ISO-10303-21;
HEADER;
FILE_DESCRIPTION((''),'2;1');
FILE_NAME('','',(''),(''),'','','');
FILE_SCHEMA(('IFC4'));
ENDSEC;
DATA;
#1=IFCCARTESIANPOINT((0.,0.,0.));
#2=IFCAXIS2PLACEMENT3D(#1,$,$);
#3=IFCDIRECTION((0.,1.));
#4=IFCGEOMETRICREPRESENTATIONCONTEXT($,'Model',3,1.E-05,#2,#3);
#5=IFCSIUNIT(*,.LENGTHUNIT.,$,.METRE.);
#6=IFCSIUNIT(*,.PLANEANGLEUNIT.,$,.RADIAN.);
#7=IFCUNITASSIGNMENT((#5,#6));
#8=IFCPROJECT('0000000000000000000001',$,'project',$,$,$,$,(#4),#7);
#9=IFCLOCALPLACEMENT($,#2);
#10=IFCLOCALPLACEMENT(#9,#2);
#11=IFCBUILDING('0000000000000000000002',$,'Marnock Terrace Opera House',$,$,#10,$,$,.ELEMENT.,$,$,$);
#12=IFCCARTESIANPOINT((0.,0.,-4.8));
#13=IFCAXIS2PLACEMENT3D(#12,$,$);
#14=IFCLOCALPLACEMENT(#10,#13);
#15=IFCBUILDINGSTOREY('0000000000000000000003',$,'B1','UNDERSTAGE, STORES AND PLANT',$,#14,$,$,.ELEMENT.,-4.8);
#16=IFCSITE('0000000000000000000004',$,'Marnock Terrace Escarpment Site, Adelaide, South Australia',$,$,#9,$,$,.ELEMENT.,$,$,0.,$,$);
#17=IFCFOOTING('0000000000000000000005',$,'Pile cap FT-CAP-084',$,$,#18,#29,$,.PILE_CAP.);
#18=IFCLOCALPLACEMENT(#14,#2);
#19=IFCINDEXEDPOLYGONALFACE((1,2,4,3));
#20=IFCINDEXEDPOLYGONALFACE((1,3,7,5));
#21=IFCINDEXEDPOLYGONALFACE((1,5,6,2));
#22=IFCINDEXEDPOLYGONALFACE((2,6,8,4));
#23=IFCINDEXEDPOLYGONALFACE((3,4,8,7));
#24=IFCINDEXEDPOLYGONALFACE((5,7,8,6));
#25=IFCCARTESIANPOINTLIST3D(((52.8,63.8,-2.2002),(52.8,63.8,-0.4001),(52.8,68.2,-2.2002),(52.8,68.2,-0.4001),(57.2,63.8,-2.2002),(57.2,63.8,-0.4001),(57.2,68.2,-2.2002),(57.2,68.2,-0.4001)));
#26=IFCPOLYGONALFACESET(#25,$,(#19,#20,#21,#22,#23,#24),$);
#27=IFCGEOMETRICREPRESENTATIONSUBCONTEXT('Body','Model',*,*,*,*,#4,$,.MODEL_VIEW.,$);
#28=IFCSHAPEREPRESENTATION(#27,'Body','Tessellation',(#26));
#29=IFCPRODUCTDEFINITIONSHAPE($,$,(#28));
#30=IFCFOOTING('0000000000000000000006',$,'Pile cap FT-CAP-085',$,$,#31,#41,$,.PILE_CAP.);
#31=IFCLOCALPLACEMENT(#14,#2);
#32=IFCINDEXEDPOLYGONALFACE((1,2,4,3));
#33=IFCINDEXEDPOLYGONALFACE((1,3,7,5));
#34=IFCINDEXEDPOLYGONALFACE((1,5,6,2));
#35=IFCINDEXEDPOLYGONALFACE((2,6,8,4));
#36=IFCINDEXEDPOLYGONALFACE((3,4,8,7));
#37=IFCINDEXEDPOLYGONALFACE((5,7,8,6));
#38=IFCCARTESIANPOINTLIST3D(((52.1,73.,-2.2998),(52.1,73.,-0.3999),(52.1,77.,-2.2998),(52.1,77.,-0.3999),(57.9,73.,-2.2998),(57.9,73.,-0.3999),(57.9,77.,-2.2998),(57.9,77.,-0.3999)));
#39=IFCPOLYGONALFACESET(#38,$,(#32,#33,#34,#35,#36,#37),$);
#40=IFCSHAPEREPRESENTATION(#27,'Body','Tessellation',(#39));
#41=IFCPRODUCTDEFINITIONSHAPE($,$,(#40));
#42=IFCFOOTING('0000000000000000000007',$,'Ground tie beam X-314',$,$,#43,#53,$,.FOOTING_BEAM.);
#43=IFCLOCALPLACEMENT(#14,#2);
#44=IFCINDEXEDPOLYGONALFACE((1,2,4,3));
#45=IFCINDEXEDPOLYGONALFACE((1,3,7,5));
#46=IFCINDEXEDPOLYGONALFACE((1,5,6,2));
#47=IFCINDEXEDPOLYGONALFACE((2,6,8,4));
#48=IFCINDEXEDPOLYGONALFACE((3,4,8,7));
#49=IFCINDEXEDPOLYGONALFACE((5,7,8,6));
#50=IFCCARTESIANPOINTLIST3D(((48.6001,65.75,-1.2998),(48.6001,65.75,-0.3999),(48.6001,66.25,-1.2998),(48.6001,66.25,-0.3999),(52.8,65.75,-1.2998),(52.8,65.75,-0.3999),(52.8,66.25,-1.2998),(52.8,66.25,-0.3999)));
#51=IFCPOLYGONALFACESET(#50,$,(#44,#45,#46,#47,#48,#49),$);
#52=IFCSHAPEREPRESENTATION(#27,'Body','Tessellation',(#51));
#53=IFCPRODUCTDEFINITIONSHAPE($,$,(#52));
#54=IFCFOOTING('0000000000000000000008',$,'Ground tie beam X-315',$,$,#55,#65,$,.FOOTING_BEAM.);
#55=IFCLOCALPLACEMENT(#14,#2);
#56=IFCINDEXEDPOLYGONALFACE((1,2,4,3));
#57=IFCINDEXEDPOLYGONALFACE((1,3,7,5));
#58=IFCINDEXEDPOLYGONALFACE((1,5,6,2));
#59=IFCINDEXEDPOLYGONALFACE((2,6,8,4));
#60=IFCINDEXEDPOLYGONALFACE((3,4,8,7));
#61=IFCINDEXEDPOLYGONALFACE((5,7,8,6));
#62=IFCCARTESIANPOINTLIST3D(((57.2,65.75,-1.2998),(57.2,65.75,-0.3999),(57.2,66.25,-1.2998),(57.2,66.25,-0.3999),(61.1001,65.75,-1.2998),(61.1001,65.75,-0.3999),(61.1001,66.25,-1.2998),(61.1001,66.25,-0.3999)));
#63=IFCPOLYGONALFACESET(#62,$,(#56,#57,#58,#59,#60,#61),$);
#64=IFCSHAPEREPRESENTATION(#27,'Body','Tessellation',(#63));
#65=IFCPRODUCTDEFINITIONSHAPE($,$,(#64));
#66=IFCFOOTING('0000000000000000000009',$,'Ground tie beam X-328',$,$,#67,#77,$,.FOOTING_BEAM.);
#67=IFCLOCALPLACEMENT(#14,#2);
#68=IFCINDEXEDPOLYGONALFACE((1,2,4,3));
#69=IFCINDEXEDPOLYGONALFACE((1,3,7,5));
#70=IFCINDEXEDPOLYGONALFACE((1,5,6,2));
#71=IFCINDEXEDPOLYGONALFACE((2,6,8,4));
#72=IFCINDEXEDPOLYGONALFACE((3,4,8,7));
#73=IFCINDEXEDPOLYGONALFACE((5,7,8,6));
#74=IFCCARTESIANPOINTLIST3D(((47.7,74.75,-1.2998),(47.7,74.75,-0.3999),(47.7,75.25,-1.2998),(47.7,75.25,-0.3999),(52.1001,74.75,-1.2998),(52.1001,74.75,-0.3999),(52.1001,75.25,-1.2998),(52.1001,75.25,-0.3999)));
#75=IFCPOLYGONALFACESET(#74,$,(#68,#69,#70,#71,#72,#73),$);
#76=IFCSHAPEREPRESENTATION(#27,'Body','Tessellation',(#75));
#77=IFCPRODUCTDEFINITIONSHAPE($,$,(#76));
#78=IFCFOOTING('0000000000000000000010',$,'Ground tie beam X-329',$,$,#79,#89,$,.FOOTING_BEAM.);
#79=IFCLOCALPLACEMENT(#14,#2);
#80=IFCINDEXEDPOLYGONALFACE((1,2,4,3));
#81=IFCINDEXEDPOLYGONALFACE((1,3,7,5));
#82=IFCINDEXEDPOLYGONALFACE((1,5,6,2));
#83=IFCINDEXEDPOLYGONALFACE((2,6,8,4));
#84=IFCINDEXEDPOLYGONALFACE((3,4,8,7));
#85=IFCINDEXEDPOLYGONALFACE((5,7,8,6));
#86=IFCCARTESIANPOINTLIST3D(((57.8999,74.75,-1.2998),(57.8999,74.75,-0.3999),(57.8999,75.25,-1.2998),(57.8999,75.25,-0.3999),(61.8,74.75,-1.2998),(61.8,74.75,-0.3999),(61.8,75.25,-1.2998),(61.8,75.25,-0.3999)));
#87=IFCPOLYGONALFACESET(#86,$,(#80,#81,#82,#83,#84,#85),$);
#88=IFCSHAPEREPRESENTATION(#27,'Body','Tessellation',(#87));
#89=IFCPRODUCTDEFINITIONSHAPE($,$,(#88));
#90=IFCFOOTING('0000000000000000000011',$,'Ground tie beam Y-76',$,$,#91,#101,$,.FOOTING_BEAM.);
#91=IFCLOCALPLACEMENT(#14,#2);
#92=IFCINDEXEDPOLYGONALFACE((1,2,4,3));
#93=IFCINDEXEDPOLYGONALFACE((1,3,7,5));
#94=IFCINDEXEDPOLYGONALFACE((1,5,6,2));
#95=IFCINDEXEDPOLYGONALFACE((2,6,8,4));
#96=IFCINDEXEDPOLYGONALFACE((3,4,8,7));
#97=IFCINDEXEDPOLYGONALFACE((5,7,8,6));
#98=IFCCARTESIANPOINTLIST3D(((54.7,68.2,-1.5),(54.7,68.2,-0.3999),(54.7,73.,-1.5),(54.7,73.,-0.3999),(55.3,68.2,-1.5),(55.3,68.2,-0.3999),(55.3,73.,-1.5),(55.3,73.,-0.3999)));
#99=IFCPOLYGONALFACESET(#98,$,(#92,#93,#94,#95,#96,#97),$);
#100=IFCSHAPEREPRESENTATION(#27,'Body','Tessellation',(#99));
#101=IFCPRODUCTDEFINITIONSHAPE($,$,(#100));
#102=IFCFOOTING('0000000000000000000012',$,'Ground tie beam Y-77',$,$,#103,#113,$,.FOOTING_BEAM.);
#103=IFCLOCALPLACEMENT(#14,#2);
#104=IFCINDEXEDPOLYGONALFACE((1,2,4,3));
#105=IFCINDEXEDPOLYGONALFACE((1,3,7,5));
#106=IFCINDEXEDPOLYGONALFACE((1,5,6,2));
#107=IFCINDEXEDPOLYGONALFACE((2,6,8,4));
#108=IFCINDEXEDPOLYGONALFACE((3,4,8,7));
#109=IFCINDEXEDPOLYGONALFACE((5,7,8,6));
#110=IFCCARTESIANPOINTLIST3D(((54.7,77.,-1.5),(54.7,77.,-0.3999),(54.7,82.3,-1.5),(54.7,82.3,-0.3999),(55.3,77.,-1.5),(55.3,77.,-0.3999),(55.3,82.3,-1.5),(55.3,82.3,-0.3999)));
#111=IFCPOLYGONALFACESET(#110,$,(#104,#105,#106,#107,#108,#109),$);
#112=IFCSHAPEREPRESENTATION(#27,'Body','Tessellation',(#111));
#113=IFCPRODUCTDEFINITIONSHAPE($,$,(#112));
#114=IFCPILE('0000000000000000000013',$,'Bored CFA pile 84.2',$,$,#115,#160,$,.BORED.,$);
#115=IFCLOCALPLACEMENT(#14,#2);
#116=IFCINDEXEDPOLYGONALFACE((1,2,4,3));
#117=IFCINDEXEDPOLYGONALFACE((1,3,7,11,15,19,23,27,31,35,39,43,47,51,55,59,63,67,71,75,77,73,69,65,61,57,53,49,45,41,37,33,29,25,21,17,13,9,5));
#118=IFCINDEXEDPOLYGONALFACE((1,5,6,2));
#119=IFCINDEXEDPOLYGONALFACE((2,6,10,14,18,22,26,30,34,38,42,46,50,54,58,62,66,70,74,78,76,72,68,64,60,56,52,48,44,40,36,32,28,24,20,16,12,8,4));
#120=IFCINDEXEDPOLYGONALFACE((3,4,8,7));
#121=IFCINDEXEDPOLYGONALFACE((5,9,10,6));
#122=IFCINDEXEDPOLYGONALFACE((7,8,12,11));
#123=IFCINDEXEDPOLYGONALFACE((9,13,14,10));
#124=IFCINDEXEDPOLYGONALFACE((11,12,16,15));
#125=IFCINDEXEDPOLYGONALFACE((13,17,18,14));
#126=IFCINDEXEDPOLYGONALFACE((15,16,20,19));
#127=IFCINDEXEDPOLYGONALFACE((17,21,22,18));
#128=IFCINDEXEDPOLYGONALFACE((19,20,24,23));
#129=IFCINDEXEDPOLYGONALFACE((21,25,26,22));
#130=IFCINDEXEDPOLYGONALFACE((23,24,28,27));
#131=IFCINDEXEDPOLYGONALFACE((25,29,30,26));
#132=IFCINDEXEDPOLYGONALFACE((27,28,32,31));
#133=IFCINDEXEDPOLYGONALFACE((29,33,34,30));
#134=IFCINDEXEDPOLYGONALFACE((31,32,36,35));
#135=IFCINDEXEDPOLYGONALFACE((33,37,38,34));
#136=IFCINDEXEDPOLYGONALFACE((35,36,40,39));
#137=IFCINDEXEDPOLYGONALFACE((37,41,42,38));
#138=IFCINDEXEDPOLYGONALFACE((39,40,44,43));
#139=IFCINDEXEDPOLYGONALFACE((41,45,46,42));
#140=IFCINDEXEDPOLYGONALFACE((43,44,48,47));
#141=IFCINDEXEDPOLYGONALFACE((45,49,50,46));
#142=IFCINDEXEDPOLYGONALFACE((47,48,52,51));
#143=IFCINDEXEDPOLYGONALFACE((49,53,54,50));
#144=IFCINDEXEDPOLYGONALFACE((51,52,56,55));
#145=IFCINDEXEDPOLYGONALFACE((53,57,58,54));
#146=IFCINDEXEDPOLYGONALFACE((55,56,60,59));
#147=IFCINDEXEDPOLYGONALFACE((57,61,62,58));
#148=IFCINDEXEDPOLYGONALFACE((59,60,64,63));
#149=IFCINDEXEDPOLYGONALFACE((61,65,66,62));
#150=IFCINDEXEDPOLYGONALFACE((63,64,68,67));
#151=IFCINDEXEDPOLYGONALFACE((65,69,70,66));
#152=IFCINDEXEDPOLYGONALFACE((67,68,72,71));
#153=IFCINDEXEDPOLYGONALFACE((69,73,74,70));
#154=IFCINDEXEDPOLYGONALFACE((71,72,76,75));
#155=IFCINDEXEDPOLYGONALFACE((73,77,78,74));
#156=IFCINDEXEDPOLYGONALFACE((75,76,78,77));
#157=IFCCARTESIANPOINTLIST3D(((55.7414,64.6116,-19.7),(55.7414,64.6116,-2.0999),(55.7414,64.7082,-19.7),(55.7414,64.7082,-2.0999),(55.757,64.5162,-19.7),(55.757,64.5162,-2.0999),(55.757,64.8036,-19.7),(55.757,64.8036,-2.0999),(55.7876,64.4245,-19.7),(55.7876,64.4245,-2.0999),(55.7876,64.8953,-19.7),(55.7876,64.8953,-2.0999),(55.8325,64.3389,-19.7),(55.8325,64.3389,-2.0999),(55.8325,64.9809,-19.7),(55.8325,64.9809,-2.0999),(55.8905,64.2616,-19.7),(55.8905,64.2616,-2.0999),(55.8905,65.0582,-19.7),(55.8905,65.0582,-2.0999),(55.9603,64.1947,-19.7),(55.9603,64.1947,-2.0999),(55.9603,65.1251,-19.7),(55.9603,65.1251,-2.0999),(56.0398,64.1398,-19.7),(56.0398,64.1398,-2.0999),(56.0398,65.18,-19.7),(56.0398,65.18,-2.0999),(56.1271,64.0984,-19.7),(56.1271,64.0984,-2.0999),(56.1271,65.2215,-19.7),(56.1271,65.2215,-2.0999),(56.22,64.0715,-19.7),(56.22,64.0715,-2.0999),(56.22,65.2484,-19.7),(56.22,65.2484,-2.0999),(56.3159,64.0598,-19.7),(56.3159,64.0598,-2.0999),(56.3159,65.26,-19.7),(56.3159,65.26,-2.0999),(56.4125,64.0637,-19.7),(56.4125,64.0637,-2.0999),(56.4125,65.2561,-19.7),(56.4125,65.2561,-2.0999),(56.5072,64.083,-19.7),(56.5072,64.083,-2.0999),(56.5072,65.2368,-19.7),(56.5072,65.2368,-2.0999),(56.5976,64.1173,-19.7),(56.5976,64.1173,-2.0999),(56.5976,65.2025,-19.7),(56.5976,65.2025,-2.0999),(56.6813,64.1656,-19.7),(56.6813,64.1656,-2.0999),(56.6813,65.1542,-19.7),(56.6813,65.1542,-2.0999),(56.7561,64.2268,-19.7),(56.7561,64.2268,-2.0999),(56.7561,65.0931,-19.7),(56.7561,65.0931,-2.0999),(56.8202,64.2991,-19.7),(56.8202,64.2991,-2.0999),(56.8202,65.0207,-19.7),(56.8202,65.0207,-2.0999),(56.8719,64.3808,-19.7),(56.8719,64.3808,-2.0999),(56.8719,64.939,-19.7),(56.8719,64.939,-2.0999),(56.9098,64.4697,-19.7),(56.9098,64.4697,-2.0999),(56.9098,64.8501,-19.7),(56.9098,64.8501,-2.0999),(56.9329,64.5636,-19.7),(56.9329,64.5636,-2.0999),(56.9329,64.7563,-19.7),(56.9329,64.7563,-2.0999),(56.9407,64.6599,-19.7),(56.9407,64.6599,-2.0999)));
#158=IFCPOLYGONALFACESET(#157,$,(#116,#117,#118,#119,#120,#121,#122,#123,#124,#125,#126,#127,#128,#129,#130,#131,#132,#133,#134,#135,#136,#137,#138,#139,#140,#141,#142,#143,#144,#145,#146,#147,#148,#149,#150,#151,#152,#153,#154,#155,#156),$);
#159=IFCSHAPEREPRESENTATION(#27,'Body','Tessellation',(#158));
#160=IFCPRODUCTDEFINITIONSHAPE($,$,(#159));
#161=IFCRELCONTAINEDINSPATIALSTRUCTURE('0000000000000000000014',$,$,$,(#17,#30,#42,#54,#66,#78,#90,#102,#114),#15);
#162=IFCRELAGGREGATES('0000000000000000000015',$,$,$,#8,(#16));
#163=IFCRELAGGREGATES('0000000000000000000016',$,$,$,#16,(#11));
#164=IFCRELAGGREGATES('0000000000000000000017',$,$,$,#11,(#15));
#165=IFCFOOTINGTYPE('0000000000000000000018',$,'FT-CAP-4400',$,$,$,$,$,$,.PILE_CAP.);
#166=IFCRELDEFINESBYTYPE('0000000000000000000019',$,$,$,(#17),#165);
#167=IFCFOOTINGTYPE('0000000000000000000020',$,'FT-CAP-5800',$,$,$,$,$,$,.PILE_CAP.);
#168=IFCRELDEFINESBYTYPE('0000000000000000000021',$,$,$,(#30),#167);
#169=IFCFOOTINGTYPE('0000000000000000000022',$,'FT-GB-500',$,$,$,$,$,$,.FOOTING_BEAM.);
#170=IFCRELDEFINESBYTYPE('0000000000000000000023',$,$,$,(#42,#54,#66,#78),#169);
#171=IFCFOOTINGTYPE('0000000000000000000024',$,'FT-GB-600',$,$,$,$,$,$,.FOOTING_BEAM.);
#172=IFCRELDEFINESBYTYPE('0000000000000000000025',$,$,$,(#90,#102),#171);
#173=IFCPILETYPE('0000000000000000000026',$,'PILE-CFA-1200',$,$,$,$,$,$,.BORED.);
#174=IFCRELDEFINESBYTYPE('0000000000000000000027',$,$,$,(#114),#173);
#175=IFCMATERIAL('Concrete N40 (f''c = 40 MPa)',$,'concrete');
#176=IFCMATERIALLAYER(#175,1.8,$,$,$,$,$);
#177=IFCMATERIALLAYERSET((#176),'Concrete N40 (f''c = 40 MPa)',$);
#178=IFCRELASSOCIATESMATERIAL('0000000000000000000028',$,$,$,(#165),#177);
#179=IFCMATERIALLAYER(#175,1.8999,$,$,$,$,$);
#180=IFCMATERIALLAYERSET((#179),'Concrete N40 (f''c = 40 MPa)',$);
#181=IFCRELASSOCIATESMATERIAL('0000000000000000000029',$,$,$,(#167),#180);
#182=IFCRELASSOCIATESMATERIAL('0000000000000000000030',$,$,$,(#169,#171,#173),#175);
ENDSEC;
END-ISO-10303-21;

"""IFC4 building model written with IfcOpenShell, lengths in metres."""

from ifc_helpers import new_model, si_unit, direction, frame, origin, origin_2d, place, context, subcontext, project, spatial, rectangle, circle, extrude, material, layer, layer_set, material_profile, profile_set, type_object, element, save


model = new_model("IFC4")

# Units and contexts
model_context = context("Model", 3, precision=1e-05, world=origin(), true_north=direction((0.0, 1.0)))
body_context = subcontext(model_context, "Body", "Model", "MODEL_VIEW")
ifc_project = project(units=[si_unit("LENGTHUNIT", "METRE"), si_unit("PLANEANGLEUNIT", "RADIAN")], contexts=[model_context])

# Site, building, storey
site_placement = place(None, origin())
site = spatial("IfcSite", under=ifc_project, at=site_placement, Name="Marnock Terrace Escarpment Site, Adelaide, South Australia", CompositionType="ELEMENT", RefElevation=0.0)
building_placement = place(site_placement, origin())
building = spatial("IfcBuilding", under=site, at=building_placement, Name="Marnock Terrace Opera House", CompositionType="ELEMENT")
storey_placement = place(building_placement, frame((0.0, 0.0, -4.8)))
storey = spatial("IfcBuildingStorey", under=building, at=storey_placement, Name="B1", Description="UNDERSTAGE, STORES AND PLANT", CompositionType="ELEMENT", Elevation=-4.8)

# Footings
ifc_material_1 = material(Name="Concrete N40 (f'c = 40 MPa)", Category="concrete")
ifc_layer_1 = layer(ifc_material_1, 1.8)
ifc_layer_set_1 = layer_set([ifc_layer_1], Name="Concrete N40 (f'c = 40 MPa)")
footing_type_1 = type_object("IfcFootingType", Name="FT-CAP-4400", PredefinedType="PILE_CAP", material=ifc_layer_set_1)
footing_1_placement = place(storey_placement, frame((55.0, 66.0, -2.2002), z_axis=(0.0, 0.0, 1.0), x_axis=(1.0, 0.0, 0.0)))
element("IfcFooting", 1, at=footing_1_placement, inside=storey, type_object=footing_type_1, Name="Pile cap FT-CAP-084", PredefinedType="PILE_CAP", context=body_context, shape_type="SweptSolid", body=[
    extrude(rectangle(XDim=4.3999, YDim=4.3999, at=origin_2d()), origin(), (0.0, 0.0, 1.0), 1.8),
])
ifc_layer_2 = layer(ifc_material_1, 1.8999)
ifc_layer_set_2 = layer_set([ifc_layer_2], Name="Concrete N40 (f'c = 40 MPa)")
footing_type_2 = type_object("IfcFootingType", Name="FT-CAP-5800", PredefinedType="PILE_CAP", material=ifc_layer_set_2)
footing_2_placement = place(storey_placement, frame((55.0, 75.0, -2.2998), z_axis=(0.0, 0.0, 1.0), x_axis=(1.0, 0.0, 0.0)))
element("IfcFooting", 2, at=footing_2_placement, inside=storey, type_object=footing_type_2, Name="Pile cap FT-CAP-085", PredefinedType="PILE_CAP", context=body_context, shape_type="SweptSolid", body=[
    extrude(rectangle(XDim=5.8, YDim=4.0, at=origin_2d()), origin(), (0.0, 0.0, 1.0), 1.8999),
])
ifc_material_profile_1 = material_profile(ifc_material_1, rectangle(XDim=0.5, YDim=0.8999, at=origin_2d()))
ifc_profile_set_1 = profile_set([ifc_material_profile_1], Name="Concrete N40 (f'c = 40 MPa)")
footing_type_3 = type_object("IfcFootingType", Name="FT-GB-500", PredefinedType="FOOTING_BEAM", material=ifc_profile_set_1)
footing_3_placement = place(storey_placement, frame((48.6001, 66.0, -0.8499), z_axis=(1.0, 0.0, 0.0), x_axis=(0.0, 1.0, 0.0)))
element("IfcFooting", 3, at=footing_3_placement, inside=storey, type_object=footing_type_3, Name="Ground tie beam X-314", PredefinedType="FOOTING_BEAM", context=body_context, shape_type="SweptSolid", body=[
    extrude(rectangle(XDim=0.5, YDim=0.8999, at=origin_2d()), origin(), (0.0, 0.0, 1.0), 4.2),
])
footing_4_placement = place(storey_placement, frame((57.2, 66.0, -0.8499), z_axis=(1.0, 0.0, 0.0), x_axis=(0.0, 1.0, 0.0)))
element("IfcFooting", 4, at=footing_4_placement, inside=storey, type_object=footing_type_3, Name="Ground tie beam X-315", PredefinedType="FOOTING_BEAM", context=body_context, shape_type="SweptSolid", body=[
    extrude(rectangle(XDim=0.5, YDim=0.8999, at=origin_2d()), origin(), (0.0, 0.0, 1.0), 3.9001),
])
footing_5_placement = place(storey_placement, frame((47.7, 75.0, -0.8499), z_axis=(1.0, 0.0, 0.0), x_axis=(0.0, 1.0, 0.0)))
element("IfcFooting", 5, at=footing_5_placement, inside=storey, type_object=footing_type_3, Name="Ground tie beam X-328", PredefinedType="FOOTING_BEAM", context=body_context, shape_type="SweptSolid", body=[
    extrude(rectangle(XDim=0.5, YDim=0.8999, at=origin_2d()), origin(), (0.0, 0.0, 1.0), 4.4001),
])
footing_6_placement = place(storey_placement, frame((57.8999, 75.0, -0.8499), z_axis=(1.0, 0.0, 0.0), x_axis=(0.0, 1.0, 0.0)))
element("IfcFooting", 6, at=footing_6_placement, inside=storey, type_object=footing_type_3, Name="Ground tie beam X-329", PredefinedType="FOOTING_BEAM", context=body_context, shape_type="SweptSolid", body=[
    extrude(rectangle(XDim=0.5, YDim=0.8999, at=origin_2d()), origin(), (0.0, 0.0, 1.0), 3.9001),
])
ifc_material_profile_2 = material_profile(ifc_material_1, rectangle(XDim=0.6001, YDim=1.1001, at=origin_2d()))
ifc_profile_set_2 = profile_set([ifc_material_profile_2], Name="Concrete N40 (f'c = 40 MPa)")
footing_type_4 = type_object("IfcFootingType", Name="FT-GB-600", PredefinedType="FOOTING_BEAM", material=ifc_profile_set_2)
footing_7_placement = place(storey_placement, frame((55.0, 68.2, -0.95), z_axis=(0.0, 1.0, 0.0), x_axis=(-1.0, 0.0, 0.0)))
element("IfcFooting", 7, at=footing_7_placement, inside=storey, type_object=footing_type_4, Name="Ground tie beam Y-76", PredefinedType="FOOTING_BEAM", context=body_context, shape_type="SweptSolid", body=[
    extrude(rectangle(XDim=0.6001, YDim=1.1001, at=origin_2d()), origin(), (0.0, 0.0, 1.0), 4.8),
])
footing_8_placement = place(storey_placement, frame((55.0, 77.0, -0.95), z_axis=(0.0, 1.0, 0.0), x_axis=(-1.0, 0.0, 0.0)))
element("IfcFooting", 8, at=footing_8_placement, inside=storey, type_object=footing_type_4, Name="Ground tie beam Y-77", PredefinedType="FOOTING_BEAM", context=body_context, shape_type="SweptSolid", body=[
    extrude(rectangle(XDim=0.6001, YDim=1.1001, at=origin_2d()), origin(), (0.0, 0.0, 1.0), 5.3),
])

# Pile
ifc_material_profile_3 = material_profile(ifc_material_1, circle(Radius=0.6006, at=origin_2d()))
ifc_profile_set_3 = profile_set([ifc_material_profile_3], Name="Concrete N40 (f'c = 40 MPa)")
pile_type_1 = type_object("IfcPileType", Name="PILE-CFA-1200", PredefinedType="BORED", material=ifc_profile_set_3)
for number, where, z_axis, x_axis, name in (
    (9, (56.3401, 64.6599, -2.0999), (0.0, 0.0, -1.0), (1.0, 0.0, 0.0), "Bored CFA pile 84.2"),
):
    element("IfcPile", number, at=place(storey_placement, frame(where, z_axis=z_axis, x_axis=x_axis)), inside=storey, type_object=pile_type_1, Name=name, PredefinedType="BORED", context=body_context, shape_type="SweptSolid", body=[
        extrude(circle(Radius=0.6006, at=origin_2d()), origin(), (0.0, 0.0, 1.0), 17.6001),
    ])

save(model, "model.ifc")
